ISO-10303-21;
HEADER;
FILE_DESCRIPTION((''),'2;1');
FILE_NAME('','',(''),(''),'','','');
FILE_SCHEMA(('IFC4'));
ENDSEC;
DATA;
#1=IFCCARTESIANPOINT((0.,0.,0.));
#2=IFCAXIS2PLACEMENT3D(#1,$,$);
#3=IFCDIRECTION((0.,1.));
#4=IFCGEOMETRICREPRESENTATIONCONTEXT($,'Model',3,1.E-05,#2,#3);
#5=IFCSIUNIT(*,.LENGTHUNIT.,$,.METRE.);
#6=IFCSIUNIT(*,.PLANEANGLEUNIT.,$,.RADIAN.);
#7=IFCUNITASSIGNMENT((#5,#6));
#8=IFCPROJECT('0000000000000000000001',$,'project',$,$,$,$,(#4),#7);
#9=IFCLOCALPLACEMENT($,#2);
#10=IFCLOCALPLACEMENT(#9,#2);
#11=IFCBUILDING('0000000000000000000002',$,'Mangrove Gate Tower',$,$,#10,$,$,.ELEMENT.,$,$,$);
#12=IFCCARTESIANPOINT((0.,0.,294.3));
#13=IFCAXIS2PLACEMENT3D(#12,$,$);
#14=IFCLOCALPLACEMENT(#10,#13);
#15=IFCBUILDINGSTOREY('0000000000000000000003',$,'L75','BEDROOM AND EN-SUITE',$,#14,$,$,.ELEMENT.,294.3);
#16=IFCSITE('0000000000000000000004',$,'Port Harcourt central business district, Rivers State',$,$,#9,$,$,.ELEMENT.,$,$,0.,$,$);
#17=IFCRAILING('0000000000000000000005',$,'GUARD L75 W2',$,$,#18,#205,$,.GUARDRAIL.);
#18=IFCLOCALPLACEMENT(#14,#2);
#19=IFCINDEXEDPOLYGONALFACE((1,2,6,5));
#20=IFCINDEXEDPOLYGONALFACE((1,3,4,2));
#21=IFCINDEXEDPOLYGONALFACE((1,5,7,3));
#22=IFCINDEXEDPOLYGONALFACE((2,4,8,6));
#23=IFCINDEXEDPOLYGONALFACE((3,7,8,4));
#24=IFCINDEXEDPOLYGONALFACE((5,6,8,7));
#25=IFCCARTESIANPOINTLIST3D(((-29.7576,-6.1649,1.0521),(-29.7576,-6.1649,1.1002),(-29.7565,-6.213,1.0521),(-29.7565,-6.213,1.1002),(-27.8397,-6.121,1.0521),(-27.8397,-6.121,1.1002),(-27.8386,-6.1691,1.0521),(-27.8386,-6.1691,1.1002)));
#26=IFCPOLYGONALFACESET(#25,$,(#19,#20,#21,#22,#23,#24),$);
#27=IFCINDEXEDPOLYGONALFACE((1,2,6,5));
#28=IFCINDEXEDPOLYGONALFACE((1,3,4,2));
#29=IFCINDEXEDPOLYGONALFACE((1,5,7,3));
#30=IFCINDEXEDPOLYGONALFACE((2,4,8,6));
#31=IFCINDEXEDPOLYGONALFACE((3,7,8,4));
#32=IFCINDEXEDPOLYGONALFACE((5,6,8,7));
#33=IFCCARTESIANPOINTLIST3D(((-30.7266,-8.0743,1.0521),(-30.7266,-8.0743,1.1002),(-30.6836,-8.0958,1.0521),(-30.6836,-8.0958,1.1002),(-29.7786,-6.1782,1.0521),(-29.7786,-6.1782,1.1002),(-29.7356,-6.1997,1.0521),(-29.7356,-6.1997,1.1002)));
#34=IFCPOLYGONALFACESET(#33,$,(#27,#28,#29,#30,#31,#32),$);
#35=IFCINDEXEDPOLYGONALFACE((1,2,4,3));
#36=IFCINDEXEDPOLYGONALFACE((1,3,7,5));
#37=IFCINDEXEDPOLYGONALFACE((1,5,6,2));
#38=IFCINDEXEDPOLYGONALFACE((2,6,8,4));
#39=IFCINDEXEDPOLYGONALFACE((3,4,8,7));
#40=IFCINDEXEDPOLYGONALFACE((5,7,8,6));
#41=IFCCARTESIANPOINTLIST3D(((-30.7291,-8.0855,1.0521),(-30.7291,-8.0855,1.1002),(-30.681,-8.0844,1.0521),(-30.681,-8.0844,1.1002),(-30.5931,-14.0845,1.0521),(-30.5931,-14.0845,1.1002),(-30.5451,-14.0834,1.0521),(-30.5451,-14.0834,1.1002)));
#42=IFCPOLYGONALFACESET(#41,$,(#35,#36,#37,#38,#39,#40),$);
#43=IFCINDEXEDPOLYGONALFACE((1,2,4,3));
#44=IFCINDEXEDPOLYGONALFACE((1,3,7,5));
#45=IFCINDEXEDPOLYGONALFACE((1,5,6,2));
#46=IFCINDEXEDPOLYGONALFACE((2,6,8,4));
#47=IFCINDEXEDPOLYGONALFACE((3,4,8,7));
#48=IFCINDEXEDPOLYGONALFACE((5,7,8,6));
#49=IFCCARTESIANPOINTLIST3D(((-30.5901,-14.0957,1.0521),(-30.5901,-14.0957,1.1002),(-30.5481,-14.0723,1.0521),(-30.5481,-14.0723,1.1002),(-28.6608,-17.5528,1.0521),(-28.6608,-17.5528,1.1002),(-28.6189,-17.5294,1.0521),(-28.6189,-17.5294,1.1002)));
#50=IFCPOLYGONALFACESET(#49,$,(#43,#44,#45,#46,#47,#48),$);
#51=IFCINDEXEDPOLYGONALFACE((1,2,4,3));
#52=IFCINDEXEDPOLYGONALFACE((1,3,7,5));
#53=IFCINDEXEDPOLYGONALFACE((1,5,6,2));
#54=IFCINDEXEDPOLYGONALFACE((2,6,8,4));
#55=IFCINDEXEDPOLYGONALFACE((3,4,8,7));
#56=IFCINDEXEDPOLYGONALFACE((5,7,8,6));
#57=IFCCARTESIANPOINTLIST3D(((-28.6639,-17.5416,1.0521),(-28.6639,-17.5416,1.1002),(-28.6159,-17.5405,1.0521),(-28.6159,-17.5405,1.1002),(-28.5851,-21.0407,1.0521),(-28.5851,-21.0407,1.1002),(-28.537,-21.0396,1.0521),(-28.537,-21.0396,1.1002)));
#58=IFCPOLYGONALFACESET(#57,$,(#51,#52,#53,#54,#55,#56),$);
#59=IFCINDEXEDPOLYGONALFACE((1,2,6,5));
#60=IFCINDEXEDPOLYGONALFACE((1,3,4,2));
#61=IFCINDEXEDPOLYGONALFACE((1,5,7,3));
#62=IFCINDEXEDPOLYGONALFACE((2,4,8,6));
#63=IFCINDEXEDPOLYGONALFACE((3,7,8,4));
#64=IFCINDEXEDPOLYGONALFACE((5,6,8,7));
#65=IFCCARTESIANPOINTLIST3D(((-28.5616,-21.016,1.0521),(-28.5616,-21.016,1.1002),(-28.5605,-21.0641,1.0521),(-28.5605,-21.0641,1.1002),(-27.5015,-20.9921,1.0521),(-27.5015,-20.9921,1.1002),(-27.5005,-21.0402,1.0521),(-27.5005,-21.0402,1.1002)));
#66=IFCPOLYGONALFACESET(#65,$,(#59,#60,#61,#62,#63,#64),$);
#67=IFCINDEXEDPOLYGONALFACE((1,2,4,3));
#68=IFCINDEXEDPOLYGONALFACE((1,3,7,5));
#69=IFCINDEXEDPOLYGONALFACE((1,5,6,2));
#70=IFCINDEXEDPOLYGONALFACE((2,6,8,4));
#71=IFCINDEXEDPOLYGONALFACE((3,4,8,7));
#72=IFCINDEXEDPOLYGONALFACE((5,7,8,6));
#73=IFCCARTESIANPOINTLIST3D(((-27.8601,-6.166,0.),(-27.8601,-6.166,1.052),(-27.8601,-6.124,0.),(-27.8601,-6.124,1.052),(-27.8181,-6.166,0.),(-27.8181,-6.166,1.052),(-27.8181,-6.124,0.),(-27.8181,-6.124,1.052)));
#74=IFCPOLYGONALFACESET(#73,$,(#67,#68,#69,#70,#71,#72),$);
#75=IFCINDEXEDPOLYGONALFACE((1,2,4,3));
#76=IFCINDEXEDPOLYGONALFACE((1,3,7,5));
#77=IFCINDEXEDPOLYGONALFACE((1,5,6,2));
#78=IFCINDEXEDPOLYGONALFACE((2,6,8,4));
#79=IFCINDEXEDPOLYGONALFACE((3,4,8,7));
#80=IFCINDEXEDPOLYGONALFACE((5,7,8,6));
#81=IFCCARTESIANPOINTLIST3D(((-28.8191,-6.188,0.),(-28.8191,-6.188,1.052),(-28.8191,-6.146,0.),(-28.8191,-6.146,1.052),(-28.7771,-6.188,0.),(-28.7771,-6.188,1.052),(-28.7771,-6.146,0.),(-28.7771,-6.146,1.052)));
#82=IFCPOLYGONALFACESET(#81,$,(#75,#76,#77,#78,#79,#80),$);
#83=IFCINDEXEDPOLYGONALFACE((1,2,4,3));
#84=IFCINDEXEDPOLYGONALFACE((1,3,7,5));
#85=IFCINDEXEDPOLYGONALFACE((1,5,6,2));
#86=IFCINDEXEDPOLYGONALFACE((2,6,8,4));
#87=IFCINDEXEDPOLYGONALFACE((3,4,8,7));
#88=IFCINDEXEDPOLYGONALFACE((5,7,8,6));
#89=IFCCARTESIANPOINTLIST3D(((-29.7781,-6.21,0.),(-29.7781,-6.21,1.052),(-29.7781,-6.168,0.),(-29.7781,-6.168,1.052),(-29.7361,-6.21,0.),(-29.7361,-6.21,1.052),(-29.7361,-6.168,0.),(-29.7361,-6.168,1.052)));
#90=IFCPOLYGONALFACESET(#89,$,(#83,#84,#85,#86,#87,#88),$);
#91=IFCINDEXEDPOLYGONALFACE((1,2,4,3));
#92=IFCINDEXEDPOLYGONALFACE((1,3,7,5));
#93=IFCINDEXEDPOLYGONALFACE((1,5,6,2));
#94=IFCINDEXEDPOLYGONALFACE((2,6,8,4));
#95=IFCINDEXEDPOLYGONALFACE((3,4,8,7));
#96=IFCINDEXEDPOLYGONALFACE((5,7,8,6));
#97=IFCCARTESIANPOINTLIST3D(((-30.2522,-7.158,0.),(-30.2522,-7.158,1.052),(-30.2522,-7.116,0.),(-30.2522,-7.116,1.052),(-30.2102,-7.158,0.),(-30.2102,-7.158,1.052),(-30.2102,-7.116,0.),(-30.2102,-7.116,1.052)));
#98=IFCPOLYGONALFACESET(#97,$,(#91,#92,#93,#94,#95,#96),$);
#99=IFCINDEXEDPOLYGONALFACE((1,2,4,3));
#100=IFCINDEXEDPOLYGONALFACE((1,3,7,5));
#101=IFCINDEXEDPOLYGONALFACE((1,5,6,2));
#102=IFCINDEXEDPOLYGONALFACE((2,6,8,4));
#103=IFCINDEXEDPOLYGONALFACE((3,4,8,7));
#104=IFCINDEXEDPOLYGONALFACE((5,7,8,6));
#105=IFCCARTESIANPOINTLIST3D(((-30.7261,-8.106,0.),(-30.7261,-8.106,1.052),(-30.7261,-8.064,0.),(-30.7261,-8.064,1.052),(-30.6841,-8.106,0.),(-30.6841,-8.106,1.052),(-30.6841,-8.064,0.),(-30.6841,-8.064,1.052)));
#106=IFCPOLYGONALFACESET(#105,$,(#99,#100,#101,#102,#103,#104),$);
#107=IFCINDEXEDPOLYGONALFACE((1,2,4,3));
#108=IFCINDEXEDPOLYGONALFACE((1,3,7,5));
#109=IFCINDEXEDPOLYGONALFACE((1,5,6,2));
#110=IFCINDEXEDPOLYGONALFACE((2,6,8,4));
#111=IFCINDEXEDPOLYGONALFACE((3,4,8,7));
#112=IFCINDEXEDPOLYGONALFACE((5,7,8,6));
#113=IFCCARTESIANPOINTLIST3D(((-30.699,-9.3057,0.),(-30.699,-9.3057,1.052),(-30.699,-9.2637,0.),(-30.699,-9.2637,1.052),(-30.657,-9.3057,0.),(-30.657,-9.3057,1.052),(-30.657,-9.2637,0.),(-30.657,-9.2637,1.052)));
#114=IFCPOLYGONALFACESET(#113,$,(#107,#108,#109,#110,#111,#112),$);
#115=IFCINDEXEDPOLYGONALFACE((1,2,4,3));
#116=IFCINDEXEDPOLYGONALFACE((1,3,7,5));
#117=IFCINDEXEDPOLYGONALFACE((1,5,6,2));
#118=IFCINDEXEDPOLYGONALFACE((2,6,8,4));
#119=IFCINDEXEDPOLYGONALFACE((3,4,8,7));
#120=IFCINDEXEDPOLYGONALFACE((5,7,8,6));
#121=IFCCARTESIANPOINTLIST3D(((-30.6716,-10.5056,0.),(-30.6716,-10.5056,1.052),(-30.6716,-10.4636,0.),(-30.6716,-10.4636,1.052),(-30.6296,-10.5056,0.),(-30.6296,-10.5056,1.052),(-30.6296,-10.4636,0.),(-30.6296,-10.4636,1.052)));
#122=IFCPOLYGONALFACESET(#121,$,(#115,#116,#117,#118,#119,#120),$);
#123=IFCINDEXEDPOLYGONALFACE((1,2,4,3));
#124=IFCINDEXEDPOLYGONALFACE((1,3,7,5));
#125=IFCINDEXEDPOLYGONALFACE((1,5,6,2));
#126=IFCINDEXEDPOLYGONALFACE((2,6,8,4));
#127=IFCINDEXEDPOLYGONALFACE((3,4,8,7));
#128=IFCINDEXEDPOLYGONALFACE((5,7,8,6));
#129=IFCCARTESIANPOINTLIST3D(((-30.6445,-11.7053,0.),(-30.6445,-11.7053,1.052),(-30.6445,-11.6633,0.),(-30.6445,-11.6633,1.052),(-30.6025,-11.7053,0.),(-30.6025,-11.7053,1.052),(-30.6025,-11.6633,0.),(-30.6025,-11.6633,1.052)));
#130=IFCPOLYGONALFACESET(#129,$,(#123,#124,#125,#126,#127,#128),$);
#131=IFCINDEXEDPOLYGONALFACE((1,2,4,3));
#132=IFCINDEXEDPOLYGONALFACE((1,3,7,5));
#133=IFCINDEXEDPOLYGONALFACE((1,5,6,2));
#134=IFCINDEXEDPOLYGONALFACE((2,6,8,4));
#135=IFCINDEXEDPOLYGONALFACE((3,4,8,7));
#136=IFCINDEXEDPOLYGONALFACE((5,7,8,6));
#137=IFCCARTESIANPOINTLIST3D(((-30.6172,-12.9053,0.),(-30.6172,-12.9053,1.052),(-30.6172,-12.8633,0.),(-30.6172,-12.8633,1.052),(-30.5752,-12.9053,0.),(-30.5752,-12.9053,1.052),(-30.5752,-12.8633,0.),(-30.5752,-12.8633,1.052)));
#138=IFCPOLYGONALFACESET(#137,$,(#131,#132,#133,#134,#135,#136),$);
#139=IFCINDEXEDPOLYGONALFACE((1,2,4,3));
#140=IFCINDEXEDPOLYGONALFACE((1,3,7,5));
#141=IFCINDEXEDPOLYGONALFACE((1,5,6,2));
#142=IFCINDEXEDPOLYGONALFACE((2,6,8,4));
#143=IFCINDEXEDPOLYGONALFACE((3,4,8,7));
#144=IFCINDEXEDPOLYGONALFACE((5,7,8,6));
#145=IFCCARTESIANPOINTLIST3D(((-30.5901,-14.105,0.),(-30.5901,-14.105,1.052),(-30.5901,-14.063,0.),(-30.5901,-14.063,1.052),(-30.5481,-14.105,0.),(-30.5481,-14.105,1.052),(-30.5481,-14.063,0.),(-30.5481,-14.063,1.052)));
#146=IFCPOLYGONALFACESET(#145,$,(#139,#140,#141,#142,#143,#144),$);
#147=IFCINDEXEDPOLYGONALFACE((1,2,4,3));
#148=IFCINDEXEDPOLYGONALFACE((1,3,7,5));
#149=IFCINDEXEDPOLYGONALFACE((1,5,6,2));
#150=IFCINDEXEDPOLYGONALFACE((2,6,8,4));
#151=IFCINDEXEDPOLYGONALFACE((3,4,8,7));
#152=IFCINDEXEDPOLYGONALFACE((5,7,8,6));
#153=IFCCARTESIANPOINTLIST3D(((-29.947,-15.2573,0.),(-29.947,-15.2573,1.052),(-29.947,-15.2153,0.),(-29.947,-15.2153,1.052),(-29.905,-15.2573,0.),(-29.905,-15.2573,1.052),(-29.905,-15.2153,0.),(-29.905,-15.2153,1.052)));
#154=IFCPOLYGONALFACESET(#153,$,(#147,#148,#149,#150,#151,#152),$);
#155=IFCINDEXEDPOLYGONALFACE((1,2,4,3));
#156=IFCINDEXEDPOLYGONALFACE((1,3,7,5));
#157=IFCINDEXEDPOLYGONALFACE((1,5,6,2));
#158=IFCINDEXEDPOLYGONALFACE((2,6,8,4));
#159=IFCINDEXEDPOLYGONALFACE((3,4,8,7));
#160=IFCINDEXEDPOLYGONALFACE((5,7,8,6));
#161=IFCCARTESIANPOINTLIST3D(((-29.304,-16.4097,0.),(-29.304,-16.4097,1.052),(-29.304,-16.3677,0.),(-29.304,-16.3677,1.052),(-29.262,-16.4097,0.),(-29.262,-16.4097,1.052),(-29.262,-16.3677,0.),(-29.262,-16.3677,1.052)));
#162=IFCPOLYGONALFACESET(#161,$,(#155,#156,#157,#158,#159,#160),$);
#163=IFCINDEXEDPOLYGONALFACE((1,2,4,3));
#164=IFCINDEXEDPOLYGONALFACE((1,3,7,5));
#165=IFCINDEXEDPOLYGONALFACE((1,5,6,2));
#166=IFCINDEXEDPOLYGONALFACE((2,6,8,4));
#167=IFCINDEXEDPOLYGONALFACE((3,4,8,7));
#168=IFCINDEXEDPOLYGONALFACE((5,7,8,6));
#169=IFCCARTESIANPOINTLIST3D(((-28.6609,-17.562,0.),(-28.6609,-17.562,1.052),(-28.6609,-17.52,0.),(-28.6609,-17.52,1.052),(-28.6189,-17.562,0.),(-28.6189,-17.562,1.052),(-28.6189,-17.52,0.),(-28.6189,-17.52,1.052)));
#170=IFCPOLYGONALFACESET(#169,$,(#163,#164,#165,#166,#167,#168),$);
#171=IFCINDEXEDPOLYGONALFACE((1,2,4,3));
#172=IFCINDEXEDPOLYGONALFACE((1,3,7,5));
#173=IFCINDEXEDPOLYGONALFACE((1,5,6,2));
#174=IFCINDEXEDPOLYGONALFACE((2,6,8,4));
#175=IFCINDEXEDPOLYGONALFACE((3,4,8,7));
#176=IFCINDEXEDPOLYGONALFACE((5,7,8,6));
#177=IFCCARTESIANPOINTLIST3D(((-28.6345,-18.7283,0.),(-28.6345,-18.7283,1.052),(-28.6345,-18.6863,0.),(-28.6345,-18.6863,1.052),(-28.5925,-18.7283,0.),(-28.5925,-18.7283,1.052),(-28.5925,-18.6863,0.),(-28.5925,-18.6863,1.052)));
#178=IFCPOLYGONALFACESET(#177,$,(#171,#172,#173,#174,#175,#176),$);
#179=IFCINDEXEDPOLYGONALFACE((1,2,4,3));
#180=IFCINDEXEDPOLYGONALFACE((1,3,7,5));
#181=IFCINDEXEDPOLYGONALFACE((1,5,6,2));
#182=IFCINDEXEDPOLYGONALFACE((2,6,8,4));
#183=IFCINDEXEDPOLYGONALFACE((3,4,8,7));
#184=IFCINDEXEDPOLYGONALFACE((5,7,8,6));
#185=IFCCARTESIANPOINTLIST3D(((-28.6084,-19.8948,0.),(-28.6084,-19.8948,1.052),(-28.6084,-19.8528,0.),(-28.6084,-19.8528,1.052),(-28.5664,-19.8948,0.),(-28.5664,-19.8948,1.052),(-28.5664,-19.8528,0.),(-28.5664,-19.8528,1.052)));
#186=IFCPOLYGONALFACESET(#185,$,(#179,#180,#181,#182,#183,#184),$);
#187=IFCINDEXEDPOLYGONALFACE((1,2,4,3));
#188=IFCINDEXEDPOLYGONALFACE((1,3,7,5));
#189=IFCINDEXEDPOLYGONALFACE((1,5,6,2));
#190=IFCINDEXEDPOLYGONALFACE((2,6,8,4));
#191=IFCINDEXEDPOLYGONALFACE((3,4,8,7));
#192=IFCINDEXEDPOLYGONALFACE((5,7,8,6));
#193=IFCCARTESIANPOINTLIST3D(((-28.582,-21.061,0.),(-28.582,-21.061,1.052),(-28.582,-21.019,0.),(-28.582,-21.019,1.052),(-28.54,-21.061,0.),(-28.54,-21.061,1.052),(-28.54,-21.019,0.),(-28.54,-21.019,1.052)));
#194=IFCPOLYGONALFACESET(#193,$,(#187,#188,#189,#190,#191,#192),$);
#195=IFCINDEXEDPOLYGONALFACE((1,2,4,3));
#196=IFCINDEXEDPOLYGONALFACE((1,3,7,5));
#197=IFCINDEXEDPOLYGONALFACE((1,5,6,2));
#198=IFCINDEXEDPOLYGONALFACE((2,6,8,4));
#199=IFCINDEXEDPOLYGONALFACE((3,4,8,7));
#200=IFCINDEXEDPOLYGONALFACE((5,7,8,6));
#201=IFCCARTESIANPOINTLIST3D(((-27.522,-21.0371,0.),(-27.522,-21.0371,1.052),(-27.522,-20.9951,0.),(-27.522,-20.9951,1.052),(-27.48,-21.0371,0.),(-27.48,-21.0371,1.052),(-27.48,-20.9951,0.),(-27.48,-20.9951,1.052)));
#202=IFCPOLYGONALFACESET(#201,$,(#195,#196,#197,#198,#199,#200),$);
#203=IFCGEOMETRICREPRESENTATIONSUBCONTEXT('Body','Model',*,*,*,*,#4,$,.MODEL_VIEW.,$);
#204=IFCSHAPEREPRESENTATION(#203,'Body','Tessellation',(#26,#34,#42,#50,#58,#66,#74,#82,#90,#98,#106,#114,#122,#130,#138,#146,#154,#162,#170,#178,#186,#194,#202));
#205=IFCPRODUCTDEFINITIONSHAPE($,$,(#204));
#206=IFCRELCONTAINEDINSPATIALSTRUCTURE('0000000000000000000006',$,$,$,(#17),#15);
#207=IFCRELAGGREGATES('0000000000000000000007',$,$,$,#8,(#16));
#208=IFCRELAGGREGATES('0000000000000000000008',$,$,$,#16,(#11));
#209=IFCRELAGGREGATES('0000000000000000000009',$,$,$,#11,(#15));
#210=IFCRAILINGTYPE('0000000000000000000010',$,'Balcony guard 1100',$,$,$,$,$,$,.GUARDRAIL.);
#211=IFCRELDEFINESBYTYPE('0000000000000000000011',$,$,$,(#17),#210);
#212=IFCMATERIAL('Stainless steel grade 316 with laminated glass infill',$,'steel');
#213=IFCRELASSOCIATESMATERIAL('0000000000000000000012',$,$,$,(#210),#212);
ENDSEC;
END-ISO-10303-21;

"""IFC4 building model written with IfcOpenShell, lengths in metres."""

from ifc_helpers import new_model, si_unit, direction, frame, origin, origin_2d, place, context, subcontext, project, spatial, rectangle, extrude, material, type_object, element, save


model = new_model("IFC4")

# Units and contexts
model_context = context("Model", 3, precision=1e-05, world=origin(), true_north=direction((0.0, 1.0)))
body_context = subcontext(model_context, "Body", "Model", "MODEL_VIEW")
ifc_project = project(units=[si_unit("LENGTHUNIT", "METRE"), si_unit("PLANEANGLEUNIT", "RADIAN")], contexts=[model_context])

# Site, building, storey
site_placement = place(None, origin())
site = spatial("IfcSite", under=ifc_project, at=site_placement, Name="Port Harcourt central business district, Rivers State", CompositionType="ELEMENT", RefElevation=0.0)
building_placement = place(site_placement, origin())
building = spatial("IfcBuilding", under=site, at=building_placement, Name="Mangrove Gate Tower", CompositionType="ELEMENT")
storey_placement = place(building_placement, frame((0.0, 0.0, 294.3)))
storey = spatial("IfcBuildingStorey", under=building, at=storey_placement, Name="L75", Description="BEDROOM AND EN-SUITE", CompositionType="ELEMENT", Elevation=294.3)

# Railing
ifc_material_1 = material(Name="Stainless steel grade 316 with laminated glass infill", Category="steel")
railing_type = type_object("IfcRailingType", Name="Balcony guard 1100", PredefinedType="GUARDRAIL", material=ifc_material_1)
railing_placement = place(storey_placement, frame((-27.8391, -6.145, 0.0)))
element("IfcRailing", 1, at=railing_placement, inside=storey, type_object=railing_type, Name="GUARD L75 W2", PredefinedType="GUARDRAIL", context=body_context, shape_type="SweptSolid", body=[
    extrude(rectangle(XDim=0.0481, YDim=0.0481, at=origin_2d()), frame((0.0, 0.0, 1.0762), z_axis=(-0.999738, -0.022906, 0.0), x_axis=(0.022906, -0.999738, 0.0)), (0.0, 0.0, 1.0), 1.9185),
    extrude(rectangle(XDim=0.0481, YDim=0.0481, at=origin_2d()), frame((-1.918, -0.0439, 1.0762), z_axis=(-0.447214, -0.894427, 0.0), x_axis=(0.894427, -0.447214, 0.0)), (0.0, 0.0, 1.0), 2.1199),
    extrude(rectangle(XDim=0.0481, YDim=0.0481, at=origin_2d()), frame((-2.866, -1.9399, 1.0762), z_axis=(0.022662, -0.999743, 0.0), x_axis=(0.999743, 0.022662, 0.0)), (0.0, 0.0, 1.0), 6.0005),
    extrude(rectangle(XDim=0.0481, YDim=0.0481, at=origin_2d()), frame((-2.73, -7.939, 1.0762), z_axis=(0.487307, -0.873231, 0.0), x_axis=(0.873231, 0.487307, 0.0)), (0.0, 0.0, 1.0), 3.959),
    extrude(rectangle(XDim=0.0481, YDim=0.0481, at=origin_2d()), frame((-0.8008, -11.396, 1.0762), z_axis=(0.022531, -0.999746, 0.0), x_axis=(0.999746, 0.022531, 0.0)), (0.0, 0.0, 1.0), 3.5),
    extrude(rectangle(XDim=0.0481, YDim=0.0481, at=origin_2d()), frame((-0.7219, -14.895, 1.0762), z_axis=(0.999745, 0.022564, 0.0), x_axis=(-0.022564, 0.999745, 0.0)), (0.0, 0.0, 1.0), 1.0603),
    extrude(rectangle(XDim=0.042, YDim=0.042, at=origin_2d()), origin(), (0.0, 0.0, 1.0), 1.052),
    extrude(rectangle(XDim=0.042, YDim=0.042, at=origin_2d()), frame((-0.959, -0.022, 0.0)), (0.0, 0.0, 1.0), 1.052),
    extrude(rectangle(XDim=0.042, YDim=0.042, at=origin_2d()), frame((-1.918, -0.0439, 0.0)), (0.0, 0.0, 1.0), 1.052),
    extrude(rectangle(XDim=0.042, YDim=0.042, at=origin_2d()), frame((-2.3921, -0.9919, 0.0)), (0.0, 0.0, 1.0), 1.052),
    extrude(rectangle(XDim=0.042, YDim=0.042, at=origin_2d()), frame((-2.866, -1.9399, 0.0)), (0.0, 0.0, 1.0), 1.052),
    extrude(rectangle(XDim=0.042, YDim=0.042, at=origin_2d()), frame((-2.8389, -3.1396, 0.0)), (0.0, 0.0, 1.0), 1.052),
    extrude(rectangle(XDim=0.042, YDim=0.042, at=origin_2d()), frame((-2.8115, -4.3396, 0.0)), (0.0, 0.0, 1.0), 1.052),
    extrude(rectangle(XDim=0.042, YDim=0.042, at=origin_2d()), frame((-2.7844, -5.5393, 0.0)), (0.0, 0.0, 1.0), 1.052),
    extrude(rectangle(XDim=0.042, YDim=0.042, at=origin_2d()), frame((-2.7571, -6.7393, 0.0)), (0.0, 0.0, 1.0), 1.052),
    extrude(rectangle(XDim=0.042, YDim=0.042, at=origin_2d()), frame((-2.73, -7.939, 0.0)), (0.0, 0.0, 1.0), 1.052),
    extrude(rectangle(XDim=0.042, YDim=0.042, at=origin_2d()), frame((-2.0869, -9.0913, 0.0)), (0.0, 0.0, 1.0), 1.052),
    extrude(rectangle(XDim=0.042, YDim=0.042, at=origin_2d()), frame((-1.4438, -10.2437, 0.0)), (0.0, 0.0, 1.0), 1.052),
    extrude(rectangle(XDim=0.042, YDim=0.042, at=origin_2d()), frame((-0.8008, -11.396, 0.0)), (0.0, 0.0, 1.0), 1.052),
    extrude(rectangle(XDim=0.042, YDim=0.042, at=origin_2d()), frame((-0.7744, -12.5623, 0.0)), (0.0, 0.0, 1.0), 1.052),
    extrude(rectangle(XDim=0.042, YDim=0.042, at=origin_2d()), frame((-0.7483, -13.7288, 0.0)), (0.0, 0.0, 1.0), 1.052),
    extrude(rectangle(XDim=0.042, YDim=0.042, at=origin_2d()), frame((-0.7219, -14.895, 0.0)), (0.0, 0.0, 1.0), 1.052),
    extrude(rectangle(XDim=0.042, YDim=0.042, at=origin_2d()), frame((0.3381, -14.8711, 0.0)), (0.0, 0.0, 1.0), 1.052),
])

save(model, "model.ifc")
